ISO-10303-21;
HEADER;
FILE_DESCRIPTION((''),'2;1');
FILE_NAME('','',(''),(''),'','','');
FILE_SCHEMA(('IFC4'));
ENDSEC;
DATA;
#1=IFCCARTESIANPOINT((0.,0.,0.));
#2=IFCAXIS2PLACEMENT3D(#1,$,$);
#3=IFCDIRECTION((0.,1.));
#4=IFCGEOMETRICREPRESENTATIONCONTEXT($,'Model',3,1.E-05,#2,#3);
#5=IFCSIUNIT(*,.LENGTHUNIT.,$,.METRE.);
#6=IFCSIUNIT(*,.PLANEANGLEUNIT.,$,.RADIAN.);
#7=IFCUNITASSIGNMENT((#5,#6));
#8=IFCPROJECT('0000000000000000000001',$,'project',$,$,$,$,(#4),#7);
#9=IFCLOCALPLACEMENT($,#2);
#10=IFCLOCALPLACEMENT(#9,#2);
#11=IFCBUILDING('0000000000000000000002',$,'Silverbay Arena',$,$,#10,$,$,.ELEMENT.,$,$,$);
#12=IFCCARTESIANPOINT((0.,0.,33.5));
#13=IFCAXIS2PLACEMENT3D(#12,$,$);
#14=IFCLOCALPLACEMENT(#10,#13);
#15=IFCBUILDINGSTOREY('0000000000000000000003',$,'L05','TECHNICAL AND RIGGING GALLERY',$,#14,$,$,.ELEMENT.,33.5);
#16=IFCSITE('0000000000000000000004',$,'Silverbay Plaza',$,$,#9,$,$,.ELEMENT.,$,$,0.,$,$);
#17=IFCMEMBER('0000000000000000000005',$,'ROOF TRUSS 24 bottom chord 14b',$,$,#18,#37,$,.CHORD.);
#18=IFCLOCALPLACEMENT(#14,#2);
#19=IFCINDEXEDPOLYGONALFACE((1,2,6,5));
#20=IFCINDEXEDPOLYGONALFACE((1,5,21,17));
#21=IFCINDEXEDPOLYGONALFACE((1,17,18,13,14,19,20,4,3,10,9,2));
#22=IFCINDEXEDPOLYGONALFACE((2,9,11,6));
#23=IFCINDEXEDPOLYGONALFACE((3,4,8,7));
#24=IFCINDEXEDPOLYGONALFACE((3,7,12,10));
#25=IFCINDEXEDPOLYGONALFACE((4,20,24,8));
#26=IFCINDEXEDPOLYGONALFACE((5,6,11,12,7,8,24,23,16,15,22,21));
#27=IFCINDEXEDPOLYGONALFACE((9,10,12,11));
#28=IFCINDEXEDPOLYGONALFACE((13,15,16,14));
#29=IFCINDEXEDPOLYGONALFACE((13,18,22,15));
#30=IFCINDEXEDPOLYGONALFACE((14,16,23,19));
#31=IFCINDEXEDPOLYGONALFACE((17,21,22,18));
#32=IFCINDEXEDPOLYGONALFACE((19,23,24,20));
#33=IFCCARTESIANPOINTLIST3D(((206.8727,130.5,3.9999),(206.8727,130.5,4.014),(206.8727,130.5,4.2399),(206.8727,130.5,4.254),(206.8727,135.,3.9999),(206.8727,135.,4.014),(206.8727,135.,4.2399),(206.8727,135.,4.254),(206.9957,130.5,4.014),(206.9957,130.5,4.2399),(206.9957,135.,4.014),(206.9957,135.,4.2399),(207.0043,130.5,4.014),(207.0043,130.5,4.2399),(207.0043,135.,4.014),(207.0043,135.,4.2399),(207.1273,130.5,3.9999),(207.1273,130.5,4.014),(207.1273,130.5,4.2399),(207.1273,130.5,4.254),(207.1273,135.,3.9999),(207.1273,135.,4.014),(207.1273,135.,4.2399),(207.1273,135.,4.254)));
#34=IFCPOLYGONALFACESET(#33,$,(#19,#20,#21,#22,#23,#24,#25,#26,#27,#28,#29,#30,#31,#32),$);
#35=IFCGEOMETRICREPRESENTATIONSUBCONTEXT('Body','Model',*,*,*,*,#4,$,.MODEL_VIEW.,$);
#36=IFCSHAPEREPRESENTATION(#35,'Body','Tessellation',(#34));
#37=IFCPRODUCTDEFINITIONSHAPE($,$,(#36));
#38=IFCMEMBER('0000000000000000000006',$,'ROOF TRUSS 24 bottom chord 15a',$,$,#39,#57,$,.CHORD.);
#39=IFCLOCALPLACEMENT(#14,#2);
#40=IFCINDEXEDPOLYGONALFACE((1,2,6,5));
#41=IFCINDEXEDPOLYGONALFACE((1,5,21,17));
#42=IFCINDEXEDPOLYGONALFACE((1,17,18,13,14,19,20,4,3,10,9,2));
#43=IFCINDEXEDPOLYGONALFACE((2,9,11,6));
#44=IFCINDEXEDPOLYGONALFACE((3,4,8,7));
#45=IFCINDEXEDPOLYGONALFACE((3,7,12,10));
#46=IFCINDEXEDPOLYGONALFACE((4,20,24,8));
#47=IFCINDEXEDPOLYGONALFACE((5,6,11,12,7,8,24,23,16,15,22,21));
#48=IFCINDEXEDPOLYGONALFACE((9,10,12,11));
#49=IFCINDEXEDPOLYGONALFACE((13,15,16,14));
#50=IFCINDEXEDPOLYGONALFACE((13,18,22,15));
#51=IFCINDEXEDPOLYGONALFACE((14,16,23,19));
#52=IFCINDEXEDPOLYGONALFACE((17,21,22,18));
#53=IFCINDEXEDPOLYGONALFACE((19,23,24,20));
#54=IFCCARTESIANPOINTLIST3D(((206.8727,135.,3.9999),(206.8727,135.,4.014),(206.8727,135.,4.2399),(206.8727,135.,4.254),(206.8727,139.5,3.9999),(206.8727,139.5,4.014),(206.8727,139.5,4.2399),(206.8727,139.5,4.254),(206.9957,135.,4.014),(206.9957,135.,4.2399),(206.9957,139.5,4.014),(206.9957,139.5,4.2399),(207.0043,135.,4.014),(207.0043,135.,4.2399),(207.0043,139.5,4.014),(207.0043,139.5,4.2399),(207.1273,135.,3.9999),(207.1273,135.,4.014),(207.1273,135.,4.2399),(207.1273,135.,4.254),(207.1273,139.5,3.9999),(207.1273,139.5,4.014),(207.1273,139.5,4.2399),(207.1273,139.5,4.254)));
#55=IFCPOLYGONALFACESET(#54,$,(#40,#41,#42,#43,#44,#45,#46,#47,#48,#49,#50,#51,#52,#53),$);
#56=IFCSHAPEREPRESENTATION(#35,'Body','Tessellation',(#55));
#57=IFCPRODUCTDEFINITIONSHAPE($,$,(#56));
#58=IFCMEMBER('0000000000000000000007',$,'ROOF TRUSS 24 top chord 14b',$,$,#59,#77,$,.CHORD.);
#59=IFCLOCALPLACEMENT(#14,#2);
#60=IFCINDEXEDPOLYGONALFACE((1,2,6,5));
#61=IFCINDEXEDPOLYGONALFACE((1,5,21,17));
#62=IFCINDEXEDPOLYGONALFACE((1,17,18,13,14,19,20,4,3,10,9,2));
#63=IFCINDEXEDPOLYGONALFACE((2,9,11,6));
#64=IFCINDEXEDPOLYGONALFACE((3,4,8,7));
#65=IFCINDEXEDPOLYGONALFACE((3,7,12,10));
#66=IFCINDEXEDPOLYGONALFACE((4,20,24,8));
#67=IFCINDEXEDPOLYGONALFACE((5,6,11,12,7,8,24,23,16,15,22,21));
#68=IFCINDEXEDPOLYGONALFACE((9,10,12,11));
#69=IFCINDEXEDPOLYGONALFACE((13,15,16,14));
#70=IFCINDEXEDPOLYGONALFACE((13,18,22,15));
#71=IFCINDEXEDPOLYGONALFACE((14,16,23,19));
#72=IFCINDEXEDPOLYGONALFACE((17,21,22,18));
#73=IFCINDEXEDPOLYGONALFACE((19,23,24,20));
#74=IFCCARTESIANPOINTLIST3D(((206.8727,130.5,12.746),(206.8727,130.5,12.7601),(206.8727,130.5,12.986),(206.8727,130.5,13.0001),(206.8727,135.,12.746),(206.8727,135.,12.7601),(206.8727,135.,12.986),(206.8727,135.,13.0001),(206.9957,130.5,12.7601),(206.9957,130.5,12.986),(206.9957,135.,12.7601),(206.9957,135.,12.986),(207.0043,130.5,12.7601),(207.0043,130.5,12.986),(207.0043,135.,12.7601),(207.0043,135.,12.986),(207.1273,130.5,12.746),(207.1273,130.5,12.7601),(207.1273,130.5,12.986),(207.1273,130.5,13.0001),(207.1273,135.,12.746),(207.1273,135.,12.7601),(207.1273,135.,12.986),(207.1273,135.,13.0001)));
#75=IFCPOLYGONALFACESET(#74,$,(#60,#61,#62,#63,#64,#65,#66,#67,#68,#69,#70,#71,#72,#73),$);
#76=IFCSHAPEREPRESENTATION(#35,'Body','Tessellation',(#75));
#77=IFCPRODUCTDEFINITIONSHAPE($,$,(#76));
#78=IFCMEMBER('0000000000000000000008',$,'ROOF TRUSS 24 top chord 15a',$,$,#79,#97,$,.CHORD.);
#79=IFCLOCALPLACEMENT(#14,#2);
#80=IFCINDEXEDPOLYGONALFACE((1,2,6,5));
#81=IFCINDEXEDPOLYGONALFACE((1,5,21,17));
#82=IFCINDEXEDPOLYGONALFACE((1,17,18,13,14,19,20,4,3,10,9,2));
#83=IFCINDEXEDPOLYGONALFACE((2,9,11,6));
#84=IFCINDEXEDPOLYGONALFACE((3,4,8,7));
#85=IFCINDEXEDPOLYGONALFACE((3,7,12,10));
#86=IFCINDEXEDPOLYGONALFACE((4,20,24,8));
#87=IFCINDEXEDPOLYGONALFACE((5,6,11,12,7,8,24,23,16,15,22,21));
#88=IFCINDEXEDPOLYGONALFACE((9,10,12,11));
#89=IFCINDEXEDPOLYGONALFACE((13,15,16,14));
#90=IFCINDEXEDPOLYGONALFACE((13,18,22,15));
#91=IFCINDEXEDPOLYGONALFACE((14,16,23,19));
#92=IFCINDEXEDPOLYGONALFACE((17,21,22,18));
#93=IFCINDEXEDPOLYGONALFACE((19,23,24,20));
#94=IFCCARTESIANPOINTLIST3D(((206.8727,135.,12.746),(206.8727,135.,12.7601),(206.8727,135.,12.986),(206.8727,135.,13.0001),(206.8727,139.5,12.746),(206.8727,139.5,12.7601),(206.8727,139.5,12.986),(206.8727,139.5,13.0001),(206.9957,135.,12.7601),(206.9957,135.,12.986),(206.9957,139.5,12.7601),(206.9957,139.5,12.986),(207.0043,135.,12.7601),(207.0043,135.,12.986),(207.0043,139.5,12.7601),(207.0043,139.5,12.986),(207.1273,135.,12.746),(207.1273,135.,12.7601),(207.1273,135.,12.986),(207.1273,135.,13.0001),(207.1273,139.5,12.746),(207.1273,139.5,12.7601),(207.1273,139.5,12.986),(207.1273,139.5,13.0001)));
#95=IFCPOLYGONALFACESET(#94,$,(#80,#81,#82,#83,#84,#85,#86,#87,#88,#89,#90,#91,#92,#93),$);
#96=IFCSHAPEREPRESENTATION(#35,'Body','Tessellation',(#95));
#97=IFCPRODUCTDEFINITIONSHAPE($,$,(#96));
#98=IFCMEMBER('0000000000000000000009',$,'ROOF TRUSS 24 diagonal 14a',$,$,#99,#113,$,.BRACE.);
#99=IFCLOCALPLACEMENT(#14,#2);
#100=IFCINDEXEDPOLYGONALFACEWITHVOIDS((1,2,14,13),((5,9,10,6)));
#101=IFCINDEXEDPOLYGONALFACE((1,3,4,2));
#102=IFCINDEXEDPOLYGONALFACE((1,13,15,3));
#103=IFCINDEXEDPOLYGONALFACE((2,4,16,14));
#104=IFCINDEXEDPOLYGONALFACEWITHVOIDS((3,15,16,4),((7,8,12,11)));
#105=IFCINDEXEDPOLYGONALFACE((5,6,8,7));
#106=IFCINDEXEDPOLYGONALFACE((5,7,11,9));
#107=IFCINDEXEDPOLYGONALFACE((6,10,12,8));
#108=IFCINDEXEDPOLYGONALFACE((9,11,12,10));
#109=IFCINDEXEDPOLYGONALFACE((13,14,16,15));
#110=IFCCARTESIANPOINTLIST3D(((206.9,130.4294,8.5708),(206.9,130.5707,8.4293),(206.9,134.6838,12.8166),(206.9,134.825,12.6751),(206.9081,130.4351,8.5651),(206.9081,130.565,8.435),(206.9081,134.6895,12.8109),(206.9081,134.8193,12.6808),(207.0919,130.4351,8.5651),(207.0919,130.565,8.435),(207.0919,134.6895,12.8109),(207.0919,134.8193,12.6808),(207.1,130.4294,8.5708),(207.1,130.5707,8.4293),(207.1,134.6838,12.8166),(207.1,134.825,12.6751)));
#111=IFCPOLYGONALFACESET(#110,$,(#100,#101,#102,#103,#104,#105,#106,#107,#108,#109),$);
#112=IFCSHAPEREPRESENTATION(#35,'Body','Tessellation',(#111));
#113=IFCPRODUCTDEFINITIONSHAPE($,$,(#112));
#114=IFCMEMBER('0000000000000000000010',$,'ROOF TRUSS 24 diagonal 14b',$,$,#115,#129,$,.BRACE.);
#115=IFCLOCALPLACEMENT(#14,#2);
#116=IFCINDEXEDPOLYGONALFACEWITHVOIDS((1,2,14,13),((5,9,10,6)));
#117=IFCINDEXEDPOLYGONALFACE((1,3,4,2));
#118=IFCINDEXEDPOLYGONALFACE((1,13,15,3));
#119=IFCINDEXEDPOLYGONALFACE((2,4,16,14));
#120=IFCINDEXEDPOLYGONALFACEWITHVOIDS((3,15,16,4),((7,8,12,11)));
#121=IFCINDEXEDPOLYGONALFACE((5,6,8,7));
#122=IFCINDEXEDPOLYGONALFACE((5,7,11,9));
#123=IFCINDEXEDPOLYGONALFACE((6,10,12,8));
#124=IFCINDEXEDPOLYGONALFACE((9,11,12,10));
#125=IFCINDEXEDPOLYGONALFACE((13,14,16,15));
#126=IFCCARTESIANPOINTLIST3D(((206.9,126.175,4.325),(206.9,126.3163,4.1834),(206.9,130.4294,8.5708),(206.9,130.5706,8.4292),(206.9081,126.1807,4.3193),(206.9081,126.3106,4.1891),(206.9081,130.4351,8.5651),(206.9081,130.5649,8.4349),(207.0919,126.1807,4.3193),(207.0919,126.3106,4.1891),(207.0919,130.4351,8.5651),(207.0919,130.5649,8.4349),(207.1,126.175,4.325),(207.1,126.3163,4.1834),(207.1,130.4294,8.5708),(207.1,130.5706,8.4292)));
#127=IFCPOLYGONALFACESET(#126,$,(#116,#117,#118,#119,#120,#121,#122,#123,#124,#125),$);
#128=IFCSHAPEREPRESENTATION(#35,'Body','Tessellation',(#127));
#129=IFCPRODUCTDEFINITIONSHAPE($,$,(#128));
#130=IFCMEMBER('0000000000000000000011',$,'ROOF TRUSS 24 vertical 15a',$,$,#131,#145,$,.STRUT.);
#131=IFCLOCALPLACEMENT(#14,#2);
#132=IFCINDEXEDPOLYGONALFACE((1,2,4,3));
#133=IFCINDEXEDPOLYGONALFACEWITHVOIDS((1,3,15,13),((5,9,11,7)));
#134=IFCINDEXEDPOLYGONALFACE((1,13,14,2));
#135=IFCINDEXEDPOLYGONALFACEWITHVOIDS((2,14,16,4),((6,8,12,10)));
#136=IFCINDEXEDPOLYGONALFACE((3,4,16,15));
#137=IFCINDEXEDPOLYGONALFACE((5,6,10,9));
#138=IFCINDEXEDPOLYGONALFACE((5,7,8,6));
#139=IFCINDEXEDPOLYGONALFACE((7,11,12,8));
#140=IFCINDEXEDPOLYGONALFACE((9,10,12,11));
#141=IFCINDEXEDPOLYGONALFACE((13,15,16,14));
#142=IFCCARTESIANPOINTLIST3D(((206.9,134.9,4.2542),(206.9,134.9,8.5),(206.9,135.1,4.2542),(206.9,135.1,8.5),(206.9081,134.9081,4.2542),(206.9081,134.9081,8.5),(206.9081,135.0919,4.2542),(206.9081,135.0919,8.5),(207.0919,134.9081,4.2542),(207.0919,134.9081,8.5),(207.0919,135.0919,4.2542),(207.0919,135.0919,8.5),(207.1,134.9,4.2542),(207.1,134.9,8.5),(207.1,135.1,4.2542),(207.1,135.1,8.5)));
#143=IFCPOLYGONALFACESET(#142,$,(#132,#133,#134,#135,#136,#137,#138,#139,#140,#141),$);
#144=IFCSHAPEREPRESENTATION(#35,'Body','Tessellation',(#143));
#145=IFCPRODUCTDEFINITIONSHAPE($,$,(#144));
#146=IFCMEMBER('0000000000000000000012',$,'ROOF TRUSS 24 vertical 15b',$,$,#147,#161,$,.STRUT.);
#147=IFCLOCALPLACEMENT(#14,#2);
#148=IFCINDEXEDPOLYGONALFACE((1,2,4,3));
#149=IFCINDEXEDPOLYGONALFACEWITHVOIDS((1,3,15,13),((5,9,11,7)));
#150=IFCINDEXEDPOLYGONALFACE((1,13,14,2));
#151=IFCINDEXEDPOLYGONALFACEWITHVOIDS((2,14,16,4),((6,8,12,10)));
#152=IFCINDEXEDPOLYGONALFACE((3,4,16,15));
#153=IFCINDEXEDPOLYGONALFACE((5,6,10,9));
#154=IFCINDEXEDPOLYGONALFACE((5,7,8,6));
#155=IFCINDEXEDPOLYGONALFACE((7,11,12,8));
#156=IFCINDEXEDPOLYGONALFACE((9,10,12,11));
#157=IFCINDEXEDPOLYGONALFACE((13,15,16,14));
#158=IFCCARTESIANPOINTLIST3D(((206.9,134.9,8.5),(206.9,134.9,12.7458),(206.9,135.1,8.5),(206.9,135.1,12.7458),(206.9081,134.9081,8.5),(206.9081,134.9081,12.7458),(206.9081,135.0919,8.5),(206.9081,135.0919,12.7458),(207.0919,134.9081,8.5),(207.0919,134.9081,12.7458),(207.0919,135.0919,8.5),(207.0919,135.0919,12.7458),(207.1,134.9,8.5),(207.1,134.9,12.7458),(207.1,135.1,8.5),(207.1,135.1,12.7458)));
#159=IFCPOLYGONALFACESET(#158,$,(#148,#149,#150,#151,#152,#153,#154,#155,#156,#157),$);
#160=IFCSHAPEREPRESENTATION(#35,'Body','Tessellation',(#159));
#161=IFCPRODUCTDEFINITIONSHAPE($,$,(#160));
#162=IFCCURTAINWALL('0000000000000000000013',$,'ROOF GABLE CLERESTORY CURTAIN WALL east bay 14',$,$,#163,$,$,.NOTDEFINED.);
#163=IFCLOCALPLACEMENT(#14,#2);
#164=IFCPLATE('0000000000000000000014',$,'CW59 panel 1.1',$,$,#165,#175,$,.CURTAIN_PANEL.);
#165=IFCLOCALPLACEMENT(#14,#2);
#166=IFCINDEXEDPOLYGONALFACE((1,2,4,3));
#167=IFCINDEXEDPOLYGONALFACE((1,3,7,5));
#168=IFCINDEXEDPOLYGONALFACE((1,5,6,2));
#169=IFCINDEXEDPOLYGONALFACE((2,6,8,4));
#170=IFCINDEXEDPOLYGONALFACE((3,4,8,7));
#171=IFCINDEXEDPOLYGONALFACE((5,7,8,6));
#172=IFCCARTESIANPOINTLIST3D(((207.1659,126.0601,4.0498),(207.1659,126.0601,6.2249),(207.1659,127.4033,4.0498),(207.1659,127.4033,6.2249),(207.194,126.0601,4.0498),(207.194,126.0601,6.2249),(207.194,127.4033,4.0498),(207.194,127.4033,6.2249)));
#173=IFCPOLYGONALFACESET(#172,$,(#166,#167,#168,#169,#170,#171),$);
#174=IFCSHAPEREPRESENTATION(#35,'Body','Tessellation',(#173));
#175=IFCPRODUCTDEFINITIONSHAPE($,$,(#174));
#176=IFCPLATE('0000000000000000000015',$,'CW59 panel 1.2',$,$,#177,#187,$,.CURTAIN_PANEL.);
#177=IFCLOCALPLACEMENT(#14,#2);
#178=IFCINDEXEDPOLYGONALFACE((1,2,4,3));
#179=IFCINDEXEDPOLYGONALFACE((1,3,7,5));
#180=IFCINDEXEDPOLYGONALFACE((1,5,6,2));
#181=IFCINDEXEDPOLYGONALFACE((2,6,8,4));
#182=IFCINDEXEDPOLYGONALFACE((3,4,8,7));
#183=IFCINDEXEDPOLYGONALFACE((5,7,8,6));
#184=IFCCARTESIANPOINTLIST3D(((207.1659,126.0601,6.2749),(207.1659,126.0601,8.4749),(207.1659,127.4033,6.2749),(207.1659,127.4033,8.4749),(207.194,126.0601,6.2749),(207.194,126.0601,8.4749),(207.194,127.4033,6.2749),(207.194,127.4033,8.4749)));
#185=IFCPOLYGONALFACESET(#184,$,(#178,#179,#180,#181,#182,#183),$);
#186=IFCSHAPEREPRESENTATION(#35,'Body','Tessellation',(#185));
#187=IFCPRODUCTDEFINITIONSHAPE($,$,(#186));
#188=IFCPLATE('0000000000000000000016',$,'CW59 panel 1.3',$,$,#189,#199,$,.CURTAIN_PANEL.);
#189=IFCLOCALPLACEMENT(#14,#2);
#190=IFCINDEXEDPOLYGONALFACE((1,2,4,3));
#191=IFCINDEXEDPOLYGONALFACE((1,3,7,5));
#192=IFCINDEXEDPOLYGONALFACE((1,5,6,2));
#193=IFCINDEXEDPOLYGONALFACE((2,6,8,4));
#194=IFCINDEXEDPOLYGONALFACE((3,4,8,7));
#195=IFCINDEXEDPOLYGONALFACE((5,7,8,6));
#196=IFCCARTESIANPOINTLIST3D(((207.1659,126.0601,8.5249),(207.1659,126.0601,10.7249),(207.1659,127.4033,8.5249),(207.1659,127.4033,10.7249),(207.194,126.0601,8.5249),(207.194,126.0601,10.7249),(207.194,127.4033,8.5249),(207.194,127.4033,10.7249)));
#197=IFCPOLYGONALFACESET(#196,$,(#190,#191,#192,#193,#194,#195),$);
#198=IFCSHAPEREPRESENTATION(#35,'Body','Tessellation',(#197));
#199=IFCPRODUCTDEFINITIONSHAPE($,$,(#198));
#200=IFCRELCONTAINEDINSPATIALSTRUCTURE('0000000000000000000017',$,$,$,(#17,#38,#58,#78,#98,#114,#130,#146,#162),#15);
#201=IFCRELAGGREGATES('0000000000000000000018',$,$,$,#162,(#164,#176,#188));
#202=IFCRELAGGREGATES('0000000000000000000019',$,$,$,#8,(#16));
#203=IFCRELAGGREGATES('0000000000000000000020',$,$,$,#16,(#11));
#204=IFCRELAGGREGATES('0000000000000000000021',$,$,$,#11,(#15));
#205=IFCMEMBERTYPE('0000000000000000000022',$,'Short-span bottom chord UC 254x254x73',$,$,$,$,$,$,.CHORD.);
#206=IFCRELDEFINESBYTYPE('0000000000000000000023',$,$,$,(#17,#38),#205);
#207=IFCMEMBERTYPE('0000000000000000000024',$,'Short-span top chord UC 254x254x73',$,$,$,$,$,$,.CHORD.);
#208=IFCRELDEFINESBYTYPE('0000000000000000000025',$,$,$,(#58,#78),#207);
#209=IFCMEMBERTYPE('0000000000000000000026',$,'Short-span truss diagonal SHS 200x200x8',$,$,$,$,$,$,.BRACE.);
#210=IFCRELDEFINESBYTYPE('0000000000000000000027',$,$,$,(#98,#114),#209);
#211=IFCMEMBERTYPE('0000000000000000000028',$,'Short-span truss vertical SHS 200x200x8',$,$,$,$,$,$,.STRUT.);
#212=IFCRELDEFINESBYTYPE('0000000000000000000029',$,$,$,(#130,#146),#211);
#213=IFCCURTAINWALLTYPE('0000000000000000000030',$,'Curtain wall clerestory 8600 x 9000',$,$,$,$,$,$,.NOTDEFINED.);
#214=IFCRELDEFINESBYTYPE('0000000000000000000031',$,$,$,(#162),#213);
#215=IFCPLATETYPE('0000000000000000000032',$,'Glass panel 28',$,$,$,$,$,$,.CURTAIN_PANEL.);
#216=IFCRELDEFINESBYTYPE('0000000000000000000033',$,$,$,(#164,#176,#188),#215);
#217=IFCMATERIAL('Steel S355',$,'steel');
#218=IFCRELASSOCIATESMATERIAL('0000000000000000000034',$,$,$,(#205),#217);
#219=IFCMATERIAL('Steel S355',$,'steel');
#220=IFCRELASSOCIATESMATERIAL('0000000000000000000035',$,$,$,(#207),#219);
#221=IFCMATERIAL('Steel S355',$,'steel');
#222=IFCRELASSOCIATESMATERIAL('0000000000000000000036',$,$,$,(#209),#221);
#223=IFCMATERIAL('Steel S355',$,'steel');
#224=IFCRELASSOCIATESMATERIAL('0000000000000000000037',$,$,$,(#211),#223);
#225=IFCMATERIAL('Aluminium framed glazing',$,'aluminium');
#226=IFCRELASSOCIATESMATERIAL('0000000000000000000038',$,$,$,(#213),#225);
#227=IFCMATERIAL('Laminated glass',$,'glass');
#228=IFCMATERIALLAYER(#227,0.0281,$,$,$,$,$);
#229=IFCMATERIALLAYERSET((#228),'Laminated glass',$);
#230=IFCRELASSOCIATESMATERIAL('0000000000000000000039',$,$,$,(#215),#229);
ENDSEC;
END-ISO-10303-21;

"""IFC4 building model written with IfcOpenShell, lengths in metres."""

from ifc_helpers import new_model, si_unit, direction, frame, origin, origin_2d, place, context, subcontext, project, spatial, rectangle, hollow_rectangle, i_section, extrude, material, layer, layer_set, material_profile, profile_set, type_object, element, aggregate, save


model = new_model("IFC4")

# Units and contexts
model_context = context("Model", 3, precision=1e-05, world=origin(), true_north=direction((0.0, 1.0)))
body_context = subcontext(model_context, "Body", "Model", "MODEL_VIEW")
ifc_project = project(units=[si_unit("LENGTHUNIT", "METRE"), si_unit("PLANEANGLEUNIT", "RADIAN")], contexts=[model_context])

# Site, building, storey
site_placement = place(None, origin())
site = spatial("IfcSite", under=ifc_project, at=site_placement, Name="Silverbay Plaza", CompositionType="ELEMENT", RefElevation=0.0)
building_placement = place(site_placement, origin())
building = spatial("IfcBuilding", under=site, at=building_placement, Name="Silverbay Arena", CompositionType="ELEMENT")
storey_placement = place(building_placement, frame((0.0, 0.0, 33.5)))
storey = spatial("IfcBuildingStorey", under=building, at=storey_placement, Name="L05", Description="TECHNICAL AND RIGGING GALLERY", CompositionType="ELEMENT", Elevation=33.5)

# Members
ifc_material_1 = material(Name="Steel S355", Category="steel")
ifc_material_profile_1 = material_profile(ifc_material_1, i_section(OverallWidth=0.2546, OverallDepth=0.2542, WebThickness=0.0085, FlangeThickness=0.0142, at=origin_2d()), Name="UC 254x254x73")
ifc_profile_set_1 = profile_set([ifc_material_profile_1], Name="Steel S355")
member_type_1 = type_object("IfcMemberType", Name="Short-span bottom chord UC 254x254x73", PredefinedType="CHORD", material=ifc_profile_set_1)
for number, where, z_axis, x_axis, name in (
    (1, (207.0, 130.5, 4.127), (0.0, 1.0, 0.0), (-1.0, 0.0, 0.0), "ROOF TRUSS 24 bottom chord 14b"),
    (2, (207.0, 135.0, 4.127), (0.0, 1.0, 0.0), (-1.0, 0.0, 0.0), "ROOF TRUSS 24 bottom chord 15a"),
):
    element("IfcMember", number, at=place(storey_placement, frame(where, z_axis=z_axis, x_axis=x_axis)), inside=storey, type_object=member_type_1, Name=name, PredefinedType="CHORD", context=body_context, shape_type="SweptSolid", body=[
        extrude(i_section(OverallWidth=0.2546, OverallDepth=0.2542, WebThickness=0.0085, FlangeThickness=0.0142, at=origin_2d()), origin(), (0.0, 0.0, 1.0), 4.5),
    ])
ifc_material_2 = material(Name="Steel S355", Category="steel")
ifc_material_profile_2 = material_profile(ifc_material_2, i_section(OverallWidth=0.2546, OverallDepth=0.2542, WebThickness=0.0085, FlangeThickness=0.0142, at=origin_2d()), Name="UC 254x254x73")
ifc_profile_set_2 = profile_set([ifc_material_profile_2], Name="Steel S355")
member_type_2 = type_object("IfcMemberType", Name="Short-span top chord UC 254x254x73", PredefinedType="CHORD", material=ifc_profile_set_2)
for number, where, z_axis, x_axis, name in (
    (3, (207.0, 130.5, 12.873), (0.0, 1.0, 0.0), (-1.0, 0.0, 0.0), "ROOF TRUSS 24 top chord 14b"),
    (4, (207.0, 135.0, 12.873), (0.0, 1.0, 0.0), (-1.0, 0.0, 0.0), "ROOF TRUSS 24 top chord 15a"),
):
    element("IfcMember", number, at=place(storey_placement, frame(where, z_axis=z_axis, x_axis=x_axis)), inside=storey, type_object=member_type_2, Name=name, PredefinedType="CHORD", context=body_context, shape_type="SweptSolid", body=[
        extrude(i_section(OverallWidth=0.2546, OverallDepth=0.2542, WebThickness=0.0085, FlangeThickness=0.0142, at=origin_2d()), origin(), (0.0, 0.0, 1.0), 4.5),
    ])
ifc_material_3 = material(Name="Steel S355", Category="steel")
ifc_material_profile_3 = material_profile(ifc_material_3, hollow_rectangle(XDim=0.2, YDim=0.2, WallThickness=0.0081, at=origin_2d()), Name="SHS 200x200x8")
ifc_profile_set_3 = profile_set([ifc_material_profile_3], Name="Steel S355")
member_type_3 = type_object("IfcMemberType", Name="Short-span truss diagonal SHS 200x200x8", PredefinedType="BRACE", material=ifc_profile_set_3)
for number, where, z_axis, x_axis, name in (
    (5, (207.0, 134.7544, 12.7458), (0.0, -0.707817, -0.706396), (1.0, 0.0, 0.0), "ROOF TRUSS 24 diagonal 14a"),
    (6, (207.0, 130.5, 8.5), (0.0, -0.707817, -0.706396), (1.0, 0.0, 0.0), "ROOF TRUSS 24 diagonal 14b"),
):
    element("IfcMember", number, at=place(storey_placement, frame(where, z_axis=z_axis, x_axis=x_axis)), inside=storey, type_object=member_type_3, Name=name, PredefinedType="BRACE", context=body_context, shape_type="SweptSolid", body=[
        extrude(hollow_rectangle(XDim=0.2, YDim=0.2, WallThickness=0.0081, at=origin_2d()), origin(), (0.0, 0.0, 1.0), 6.0105),
    ])
ifc_material_4 = material(Name="Steel S355", Category="steel")
ifc_material_profile_4 = material_profile(ifc_material_4, hollow_rectangle(XDim=0.2, YDim=0.2, WallThickness=0.0081, at=origin_2d()), Name="SHS 200x200x8")
ifc_profile_set_4 = profile_set([ifc_material_profile_4], Name="Steel S355")
member_type_4 = type_object("IfcMemberType", Name="Short-span truss vertical SHS 200x200x8", PredefinedType="STRUT", material=ifc_profile_set_4)
for number, where, z_axis, x_axis, name in (
    (7, (207.0, 135.0, 4.2542), (0.0, 0.0, 1.0), (1.0, 0.0, 0.0), "ROOF TRUSS 24 vertical 15a"),
    (8, (207.0, 135.0, 8.5), (0.0, 0.0, 1.0), (1.0, 0.0, 0.0), "ROOF TRUSS 24 vertical 15b"),
):
    element("IfcMember", number, at=place(storey_placement, frame(where, z_axis=z_axis, x_axis=x_axis)), inside=storey, type_object=member_type_4, Name=name, PredefinedType="STRUT", context=body_context, shape_type="SweptSolid", body=[
        extrude(hollow_rectangle(XDim=0.2, YDim=0.2, WallThickness=0.0081, at=origin_2d()), origin(), (0.0, 0.0, 1.0), 4.2458),
    ])

# Curtain wall, plates
ifc_material_5 = material(Name="Aluminium framed glazing", Category="aluminium")
curtain_wall_type = type_object("IfcCurtainWallType", Name="Curtain wall clerestory 8600 x 9000", PredefinedType="NOTDEFINED", material=ifc_material_5)
curtain_wall_placement = place(storey_placement, origin())
curtain_wall = element("IfcCurtainWall", 9, at=curtain_wall_placement, inside=storey, type_object=curtain_wall_type, Name="ROOF GABLE CLERESTORY CURTAIN WALL east bay 14", PredefinedType="NOTDEFINED")
ifc_material_6 = material(Name="Laminated glass", Category="glass")
ifc_layer = layer(ifc_material_6, 0.0281)
ifc_layer_set = layer_set([ifc_layer], Name="Laminated glass")
plate_type = type_object("IfcPlateType", Name="Glass panel 28", PredefinedType="CURTAIN_PANEL", material=ifc_layer_set)
plate_1_placement = place(storey_placement, frame((207.1799, 126.7317, 4.0498), z_axis=(0.0, 0.0, 1.0), x_axis=(0.0, 1.0, 0.0)))
plate_1 = element("IfcPlate", 10, at=plate_1_placement, type_object=plate_type, Name="CW59 panel 1.1", PredefinedType="CURTAIN_PANEL", context=body_context, shape_type="SweptSolid", body=[
    extrude(rectangle(XDim=1.3433, YDim=0.0281, at=origin_2d()), origin(), (0.0, 0.0, 1.0), 2.175),
])
plate_2_placement = place(storey_placement, frame((207.1799, 126.7317, 6.2749), z_axis=(0.0, 0.0, 1.0), x_axis=(0.0, 1.0, 0.0)))
plate_2 = element("IfcPlate", 11, at=plate_2_placement, type_object=plate_type, Name="CW59 panel 1.2", PredefinedType="CURTAIN_PANEL", context=body_context, shape_type="SweptSolid", body=[
    extrude(rectangle(XDim=1.3433, YDim=0.0281, at=origin_2d()), origin(), (0.0, 0.0, 1.0), 2.2),
])
plate_3_placement = place(storey_placement, frame((207.1799, 126.7317, 8.5249), z_axis=(0.0, 0.0, 1.0), x_axis=(0.0, 1.0, 0.0)))
plate_3 = element("IfcPlate", 12, at=plate_3_placement, type_object=plate_type, Name="CW59 panel 1.3", PredefinedType="CURTAIN_PANEL", context=body_context, shape_type="SweptSolid", body=[
    extrude(rectangle(XDim=1.3433, YDim=0.0281, at=origin_2d()), origin(), (0.0, 0.0, 1.0), 2.2),
])
aggregate(curtain_wall, [plate_1, plate_2, plate_3])

save(model, "model.ifc")
